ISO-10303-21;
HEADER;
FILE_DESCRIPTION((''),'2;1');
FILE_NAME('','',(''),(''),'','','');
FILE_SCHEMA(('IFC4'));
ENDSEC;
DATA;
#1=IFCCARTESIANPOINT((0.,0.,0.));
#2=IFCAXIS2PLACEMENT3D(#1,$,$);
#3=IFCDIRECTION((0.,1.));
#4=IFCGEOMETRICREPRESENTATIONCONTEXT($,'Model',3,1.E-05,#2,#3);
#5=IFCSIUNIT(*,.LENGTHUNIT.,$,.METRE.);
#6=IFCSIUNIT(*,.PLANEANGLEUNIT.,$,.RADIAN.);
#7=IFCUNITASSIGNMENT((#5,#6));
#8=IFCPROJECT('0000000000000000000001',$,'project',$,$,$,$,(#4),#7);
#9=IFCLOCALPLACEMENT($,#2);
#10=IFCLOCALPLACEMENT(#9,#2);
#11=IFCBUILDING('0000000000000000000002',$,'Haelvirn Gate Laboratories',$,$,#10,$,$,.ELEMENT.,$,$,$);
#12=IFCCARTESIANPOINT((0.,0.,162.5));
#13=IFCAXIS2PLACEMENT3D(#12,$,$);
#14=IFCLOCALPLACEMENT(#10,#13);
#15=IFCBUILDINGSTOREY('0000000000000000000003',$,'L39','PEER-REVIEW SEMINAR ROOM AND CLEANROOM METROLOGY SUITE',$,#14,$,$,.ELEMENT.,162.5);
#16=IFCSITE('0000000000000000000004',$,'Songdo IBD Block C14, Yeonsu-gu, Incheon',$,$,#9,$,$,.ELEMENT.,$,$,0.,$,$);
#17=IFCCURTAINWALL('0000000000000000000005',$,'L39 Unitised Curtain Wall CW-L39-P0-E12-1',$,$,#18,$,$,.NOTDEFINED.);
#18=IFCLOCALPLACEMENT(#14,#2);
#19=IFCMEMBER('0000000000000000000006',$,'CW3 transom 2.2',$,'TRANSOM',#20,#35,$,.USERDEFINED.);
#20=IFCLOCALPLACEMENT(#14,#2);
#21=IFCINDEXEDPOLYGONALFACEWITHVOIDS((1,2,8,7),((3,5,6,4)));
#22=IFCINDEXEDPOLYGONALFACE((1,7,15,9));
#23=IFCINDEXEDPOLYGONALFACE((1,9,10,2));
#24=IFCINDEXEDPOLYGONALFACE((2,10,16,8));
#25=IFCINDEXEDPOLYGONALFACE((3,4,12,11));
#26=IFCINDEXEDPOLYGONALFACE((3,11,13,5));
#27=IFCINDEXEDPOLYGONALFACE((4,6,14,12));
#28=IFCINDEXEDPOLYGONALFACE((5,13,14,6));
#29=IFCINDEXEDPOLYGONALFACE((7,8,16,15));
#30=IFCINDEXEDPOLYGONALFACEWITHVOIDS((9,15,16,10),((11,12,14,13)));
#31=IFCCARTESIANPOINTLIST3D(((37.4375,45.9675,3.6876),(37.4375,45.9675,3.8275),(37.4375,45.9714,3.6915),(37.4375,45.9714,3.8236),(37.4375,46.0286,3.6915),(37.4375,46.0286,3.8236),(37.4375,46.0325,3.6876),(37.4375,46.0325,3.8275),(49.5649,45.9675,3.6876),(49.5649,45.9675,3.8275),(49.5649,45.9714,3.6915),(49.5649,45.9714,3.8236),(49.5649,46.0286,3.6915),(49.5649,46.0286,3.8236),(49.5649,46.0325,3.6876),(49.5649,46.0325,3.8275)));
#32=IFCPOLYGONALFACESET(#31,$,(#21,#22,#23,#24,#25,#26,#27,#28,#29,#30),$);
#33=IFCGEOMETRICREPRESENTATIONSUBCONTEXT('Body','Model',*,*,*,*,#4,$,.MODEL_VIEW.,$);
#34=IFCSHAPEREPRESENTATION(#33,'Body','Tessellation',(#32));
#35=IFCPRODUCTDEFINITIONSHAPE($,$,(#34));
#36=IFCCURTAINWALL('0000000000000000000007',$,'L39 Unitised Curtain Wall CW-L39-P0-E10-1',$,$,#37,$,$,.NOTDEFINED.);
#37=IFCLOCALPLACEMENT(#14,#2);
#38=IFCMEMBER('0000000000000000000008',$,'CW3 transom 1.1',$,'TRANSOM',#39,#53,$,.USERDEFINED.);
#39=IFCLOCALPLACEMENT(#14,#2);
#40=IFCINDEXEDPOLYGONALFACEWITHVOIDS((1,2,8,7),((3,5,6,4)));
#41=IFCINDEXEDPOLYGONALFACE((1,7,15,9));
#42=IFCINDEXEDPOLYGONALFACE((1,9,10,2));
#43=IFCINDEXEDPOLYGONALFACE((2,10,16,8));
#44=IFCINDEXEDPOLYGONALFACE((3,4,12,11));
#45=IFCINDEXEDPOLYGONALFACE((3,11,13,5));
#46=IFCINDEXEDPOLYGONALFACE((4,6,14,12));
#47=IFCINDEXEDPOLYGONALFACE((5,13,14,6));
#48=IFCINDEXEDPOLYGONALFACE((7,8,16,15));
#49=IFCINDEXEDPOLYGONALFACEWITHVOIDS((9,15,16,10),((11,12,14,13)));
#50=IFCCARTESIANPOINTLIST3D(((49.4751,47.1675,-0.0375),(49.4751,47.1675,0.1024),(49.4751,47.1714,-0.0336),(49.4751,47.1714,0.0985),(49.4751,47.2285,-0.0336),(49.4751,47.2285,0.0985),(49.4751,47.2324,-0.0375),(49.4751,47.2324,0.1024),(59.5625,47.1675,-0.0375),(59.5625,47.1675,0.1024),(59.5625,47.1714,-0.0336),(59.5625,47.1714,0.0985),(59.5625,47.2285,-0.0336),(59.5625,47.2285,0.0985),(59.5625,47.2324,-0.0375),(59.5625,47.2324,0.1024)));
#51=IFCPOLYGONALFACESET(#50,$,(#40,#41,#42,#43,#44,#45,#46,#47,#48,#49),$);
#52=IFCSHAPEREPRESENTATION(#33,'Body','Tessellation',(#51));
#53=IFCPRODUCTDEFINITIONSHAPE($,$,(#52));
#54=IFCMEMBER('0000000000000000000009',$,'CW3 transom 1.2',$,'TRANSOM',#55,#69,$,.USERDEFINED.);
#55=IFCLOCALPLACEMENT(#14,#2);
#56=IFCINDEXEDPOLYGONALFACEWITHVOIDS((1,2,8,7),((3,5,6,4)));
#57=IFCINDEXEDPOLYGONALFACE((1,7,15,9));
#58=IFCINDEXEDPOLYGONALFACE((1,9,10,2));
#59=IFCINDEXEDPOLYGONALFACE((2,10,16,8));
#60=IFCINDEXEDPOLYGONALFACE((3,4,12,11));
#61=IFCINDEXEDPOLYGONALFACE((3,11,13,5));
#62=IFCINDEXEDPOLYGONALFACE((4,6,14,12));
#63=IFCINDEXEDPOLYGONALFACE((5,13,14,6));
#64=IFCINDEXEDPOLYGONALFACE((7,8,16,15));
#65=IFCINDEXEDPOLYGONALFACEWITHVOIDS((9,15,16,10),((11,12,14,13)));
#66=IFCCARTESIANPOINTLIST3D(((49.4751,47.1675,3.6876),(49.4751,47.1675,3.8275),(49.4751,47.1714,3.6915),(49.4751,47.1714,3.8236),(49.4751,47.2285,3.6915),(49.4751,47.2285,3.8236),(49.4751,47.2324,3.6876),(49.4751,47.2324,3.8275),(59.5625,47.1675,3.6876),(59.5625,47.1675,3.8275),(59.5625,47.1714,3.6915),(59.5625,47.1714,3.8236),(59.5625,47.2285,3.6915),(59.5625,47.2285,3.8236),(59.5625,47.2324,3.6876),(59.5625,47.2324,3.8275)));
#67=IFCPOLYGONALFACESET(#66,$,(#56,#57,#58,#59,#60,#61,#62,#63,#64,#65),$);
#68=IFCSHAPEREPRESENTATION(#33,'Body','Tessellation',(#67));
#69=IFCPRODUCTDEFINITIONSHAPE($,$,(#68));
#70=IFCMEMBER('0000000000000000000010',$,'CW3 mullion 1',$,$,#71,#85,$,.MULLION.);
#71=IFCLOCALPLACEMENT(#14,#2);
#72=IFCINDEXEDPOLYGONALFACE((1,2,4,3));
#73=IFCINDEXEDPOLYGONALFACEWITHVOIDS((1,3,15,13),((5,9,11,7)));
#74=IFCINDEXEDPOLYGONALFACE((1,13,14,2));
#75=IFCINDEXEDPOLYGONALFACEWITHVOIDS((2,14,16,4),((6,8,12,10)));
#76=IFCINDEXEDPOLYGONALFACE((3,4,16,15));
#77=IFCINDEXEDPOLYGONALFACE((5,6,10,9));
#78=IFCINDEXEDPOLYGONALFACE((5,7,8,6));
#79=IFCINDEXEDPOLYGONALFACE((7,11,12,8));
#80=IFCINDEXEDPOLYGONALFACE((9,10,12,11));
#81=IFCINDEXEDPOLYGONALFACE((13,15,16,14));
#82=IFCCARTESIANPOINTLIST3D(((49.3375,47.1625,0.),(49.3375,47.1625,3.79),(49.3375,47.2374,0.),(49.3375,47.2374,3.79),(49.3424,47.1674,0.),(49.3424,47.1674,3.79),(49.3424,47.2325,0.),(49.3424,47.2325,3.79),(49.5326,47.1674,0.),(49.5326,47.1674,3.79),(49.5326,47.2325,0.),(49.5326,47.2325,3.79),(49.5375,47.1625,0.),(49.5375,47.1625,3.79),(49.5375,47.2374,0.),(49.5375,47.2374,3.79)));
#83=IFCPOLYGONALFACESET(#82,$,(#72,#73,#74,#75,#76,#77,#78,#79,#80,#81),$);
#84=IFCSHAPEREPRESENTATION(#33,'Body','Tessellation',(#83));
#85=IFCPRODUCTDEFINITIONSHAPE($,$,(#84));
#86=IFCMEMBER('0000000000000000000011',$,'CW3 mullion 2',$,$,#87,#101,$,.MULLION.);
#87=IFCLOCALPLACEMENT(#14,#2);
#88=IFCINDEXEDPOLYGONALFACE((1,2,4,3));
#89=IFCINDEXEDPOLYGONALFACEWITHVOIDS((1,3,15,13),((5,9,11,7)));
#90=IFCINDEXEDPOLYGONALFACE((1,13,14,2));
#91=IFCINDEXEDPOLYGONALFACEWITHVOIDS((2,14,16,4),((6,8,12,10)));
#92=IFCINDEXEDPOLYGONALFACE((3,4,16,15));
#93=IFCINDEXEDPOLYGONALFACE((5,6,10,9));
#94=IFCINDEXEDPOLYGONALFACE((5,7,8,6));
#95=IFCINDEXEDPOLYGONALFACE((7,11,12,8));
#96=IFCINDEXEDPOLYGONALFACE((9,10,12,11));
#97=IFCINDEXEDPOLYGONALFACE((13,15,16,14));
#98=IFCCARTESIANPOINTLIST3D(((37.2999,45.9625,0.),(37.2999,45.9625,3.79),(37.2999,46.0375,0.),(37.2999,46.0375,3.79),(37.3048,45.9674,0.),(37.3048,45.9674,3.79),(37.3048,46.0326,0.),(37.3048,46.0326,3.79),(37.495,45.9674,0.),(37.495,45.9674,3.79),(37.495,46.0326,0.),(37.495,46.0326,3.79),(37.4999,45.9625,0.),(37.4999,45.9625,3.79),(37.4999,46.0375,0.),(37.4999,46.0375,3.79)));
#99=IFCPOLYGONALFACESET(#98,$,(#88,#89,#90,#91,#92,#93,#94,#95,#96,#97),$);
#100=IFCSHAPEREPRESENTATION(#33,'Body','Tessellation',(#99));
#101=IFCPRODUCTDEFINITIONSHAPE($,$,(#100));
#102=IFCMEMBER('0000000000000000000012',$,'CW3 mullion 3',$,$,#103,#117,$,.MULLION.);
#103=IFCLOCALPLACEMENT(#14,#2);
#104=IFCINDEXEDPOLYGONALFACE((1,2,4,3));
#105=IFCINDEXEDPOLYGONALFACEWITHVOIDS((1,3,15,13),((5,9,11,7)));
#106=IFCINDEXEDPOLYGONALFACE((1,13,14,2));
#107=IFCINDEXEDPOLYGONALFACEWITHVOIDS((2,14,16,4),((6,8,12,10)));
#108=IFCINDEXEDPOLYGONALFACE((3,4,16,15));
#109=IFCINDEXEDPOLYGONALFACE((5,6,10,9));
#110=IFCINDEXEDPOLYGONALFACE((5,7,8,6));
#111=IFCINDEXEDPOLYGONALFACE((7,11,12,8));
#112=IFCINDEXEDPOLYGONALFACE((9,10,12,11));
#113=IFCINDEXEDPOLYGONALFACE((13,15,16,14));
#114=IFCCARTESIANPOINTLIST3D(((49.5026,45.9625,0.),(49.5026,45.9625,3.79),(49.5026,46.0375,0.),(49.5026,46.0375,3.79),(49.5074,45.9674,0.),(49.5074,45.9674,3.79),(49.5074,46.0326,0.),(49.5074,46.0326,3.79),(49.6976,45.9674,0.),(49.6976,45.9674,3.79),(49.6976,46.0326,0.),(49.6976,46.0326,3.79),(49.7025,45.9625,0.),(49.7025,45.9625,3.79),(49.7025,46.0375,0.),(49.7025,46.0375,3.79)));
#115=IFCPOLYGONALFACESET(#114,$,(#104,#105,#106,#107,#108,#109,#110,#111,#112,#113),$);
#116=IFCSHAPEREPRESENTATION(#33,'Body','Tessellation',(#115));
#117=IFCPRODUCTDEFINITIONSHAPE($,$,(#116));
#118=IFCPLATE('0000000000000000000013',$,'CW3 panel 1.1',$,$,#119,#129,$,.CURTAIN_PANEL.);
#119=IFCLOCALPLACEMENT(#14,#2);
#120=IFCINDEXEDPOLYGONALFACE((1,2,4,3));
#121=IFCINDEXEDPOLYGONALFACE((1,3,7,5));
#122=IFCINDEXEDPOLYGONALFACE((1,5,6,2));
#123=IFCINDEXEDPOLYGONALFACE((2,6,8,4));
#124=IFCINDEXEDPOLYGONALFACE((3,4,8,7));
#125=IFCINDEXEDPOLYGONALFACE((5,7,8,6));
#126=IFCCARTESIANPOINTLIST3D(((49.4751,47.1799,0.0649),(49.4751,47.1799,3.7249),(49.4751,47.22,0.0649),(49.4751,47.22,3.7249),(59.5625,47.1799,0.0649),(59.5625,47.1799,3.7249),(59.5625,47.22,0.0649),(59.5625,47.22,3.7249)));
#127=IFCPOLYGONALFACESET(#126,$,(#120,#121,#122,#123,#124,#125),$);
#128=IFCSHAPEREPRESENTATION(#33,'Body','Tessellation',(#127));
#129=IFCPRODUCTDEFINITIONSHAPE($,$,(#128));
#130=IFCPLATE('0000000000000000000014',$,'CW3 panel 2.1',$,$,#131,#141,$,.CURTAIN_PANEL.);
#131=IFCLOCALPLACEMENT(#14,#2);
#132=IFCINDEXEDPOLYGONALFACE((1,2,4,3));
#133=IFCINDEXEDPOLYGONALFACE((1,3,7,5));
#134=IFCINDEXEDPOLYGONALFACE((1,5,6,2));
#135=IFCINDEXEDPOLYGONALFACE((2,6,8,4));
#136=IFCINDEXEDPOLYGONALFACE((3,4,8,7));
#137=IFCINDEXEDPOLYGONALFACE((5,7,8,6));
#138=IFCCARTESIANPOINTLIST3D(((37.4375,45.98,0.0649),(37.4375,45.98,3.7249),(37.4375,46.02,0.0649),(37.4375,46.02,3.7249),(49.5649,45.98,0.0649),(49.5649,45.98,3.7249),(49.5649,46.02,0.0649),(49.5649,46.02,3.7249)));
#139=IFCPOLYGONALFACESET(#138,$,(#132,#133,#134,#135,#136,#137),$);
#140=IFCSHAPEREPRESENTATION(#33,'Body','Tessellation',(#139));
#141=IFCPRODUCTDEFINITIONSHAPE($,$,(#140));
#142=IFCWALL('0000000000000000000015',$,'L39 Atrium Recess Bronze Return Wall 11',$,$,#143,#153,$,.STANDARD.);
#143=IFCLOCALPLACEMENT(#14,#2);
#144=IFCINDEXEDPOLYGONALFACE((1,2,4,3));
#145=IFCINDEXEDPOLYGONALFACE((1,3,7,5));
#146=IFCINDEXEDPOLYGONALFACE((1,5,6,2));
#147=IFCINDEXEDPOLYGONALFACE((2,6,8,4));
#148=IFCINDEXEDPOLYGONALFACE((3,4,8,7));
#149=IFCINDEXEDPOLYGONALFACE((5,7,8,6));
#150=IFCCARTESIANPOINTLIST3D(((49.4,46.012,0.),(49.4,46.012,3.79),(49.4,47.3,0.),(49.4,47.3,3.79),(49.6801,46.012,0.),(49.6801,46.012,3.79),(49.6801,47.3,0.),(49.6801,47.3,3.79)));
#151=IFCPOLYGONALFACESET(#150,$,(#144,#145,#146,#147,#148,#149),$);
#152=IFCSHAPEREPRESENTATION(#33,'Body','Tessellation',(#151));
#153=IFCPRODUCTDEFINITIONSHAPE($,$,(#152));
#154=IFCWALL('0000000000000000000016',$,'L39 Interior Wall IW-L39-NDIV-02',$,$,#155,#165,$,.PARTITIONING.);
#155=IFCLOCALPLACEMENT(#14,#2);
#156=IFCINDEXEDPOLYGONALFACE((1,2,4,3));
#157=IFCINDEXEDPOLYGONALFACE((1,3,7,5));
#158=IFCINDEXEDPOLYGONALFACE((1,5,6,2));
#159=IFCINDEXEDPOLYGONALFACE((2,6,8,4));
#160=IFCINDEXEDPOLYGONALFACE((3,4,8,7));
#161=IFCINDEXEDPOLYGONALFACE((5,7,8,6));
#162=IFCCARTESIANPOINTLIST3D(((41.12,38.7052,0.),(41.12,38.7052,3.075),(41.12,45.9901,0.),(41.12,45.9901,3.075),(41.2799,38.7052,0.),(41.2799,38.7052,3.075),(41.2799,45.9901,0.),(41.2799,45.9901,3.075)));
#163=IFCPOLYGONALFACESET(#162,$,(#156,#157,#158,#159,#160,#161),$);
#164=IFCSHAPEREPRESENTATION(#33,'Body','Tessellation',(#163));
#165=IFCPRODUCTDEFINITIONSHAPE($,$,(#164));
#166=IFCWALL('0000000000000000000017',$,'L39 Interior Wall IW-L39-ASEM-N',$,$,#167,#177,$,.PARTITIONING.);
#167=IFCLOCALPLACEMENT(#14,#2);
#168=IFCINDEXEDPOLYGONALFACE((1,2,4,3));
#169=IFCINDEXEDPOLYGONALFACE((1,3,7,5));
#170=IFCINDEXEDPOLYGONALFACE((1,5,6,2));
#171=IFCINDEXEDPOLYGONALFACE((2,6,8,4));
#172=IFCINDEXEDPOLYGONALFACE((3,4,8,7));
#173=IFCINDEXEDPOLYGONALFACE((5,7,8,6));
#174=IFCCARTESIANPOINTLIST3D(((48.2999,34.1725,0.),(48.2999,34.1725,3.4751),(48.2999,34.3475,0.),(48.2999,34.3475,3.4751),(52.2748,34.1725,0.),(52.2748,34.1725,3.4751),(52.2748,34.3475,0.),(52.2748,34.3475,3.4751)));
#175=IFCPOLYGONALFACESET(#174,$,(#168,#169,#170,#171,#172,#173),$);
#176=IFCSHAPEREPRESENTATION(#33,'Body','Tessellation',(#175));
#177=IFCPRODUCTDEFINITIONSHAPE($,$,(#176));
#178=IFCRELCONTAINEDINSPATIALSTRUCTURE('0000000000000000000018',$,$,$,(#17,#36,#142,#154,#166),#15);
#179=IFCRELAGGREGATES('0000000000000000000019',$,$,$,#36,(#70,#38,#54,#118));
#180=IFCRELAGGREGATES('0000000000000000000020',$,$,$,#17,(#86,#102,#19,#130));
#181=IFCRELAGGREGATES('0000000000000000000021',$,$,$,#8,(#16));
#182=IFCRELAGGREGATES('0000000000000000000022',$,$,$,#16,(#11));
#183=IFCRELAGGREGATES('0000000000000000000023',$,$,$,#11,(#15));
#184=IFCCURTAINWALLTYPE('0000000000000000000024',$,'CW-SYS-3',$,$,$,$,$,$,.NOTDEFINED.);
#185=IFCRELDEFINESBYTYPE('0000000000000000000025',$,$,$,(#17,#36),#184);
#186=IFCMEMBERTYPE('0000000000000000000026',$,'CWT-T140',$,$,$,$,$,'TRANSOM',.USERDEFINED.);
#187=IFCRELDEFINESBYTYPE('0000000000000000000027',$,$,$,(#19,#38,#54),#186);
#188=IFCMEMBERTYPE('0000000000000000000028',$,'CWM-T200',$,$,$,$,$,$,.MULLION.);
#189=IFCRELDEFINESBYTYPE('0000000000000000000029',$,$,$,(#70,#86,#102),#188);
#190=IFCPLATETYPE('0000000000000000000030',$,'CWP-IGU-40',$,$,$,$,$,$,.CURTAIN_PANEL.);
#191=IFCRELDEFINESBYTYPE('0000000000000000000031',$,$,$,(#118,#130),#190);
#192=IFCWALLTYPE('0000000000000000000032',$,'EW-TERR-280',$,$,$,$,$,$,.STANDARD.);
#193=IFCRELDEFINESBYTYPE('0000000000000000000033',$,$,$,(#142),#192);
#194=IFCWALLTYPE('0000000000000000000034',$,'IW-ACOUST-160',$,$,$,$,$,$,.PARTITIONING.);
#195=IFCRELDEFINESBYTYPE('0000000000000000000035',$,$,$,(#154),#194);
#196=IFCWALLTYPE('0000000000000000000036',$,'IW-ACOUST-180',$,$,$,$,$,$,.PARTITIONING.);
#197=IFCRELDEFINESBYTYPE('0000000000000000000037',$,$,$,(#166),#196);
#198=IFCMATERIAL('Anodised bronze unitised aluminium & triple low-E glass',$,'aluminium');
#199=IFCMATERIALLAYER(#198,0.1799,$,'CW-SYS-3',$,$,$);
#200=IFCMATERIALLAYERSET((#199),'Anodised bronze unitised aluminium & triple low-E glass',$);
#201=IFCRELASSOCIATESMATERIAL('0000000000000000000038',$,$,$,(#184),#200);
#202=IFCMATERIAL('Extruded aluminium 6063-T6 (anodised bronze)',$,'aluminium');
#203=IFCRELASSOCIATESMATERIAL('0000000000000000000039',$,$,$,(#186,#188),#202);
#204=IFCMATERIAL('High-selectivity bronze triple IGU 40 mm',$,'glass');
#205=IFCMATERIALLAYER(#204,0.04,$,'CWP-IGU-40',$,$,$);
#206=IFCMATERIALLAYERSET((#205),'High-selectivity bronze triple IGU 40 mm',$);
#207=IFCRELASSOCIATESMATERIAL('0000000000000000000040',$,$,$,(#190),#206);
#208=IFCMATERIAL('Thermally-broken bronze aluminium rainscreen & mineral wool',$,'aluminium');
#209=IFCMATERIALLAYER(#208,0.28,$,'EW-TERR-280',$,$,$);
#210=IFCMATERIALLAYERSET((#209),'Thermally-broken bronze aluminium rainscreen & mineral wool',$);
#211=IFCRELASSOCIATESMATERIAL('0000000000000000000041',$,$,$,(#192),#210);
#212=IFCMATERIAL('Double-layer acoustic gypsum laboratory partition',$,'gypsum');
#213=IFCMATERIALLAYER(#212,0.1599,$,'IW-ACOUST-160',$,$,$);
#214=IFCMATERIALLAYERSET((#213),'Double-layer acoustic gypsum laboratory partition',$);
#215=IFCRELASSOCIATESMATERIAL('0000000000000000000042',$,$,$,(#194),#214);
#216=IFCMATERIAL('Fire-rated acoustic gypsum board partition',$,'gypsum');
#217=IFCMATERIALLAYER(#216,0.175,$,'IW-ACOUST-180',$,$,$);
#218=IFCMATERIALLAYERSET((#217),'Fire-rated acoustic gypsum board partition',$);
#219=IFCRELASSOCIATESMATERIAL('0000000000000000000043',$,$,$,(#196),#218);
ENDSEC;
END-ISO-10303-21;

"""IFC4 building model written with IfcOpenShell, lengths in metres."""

from ifc_helpers import new_model, si_unit, direction, frame, frame_2d, origin, origin_2d, place, context, subcontext, project, spatial, rectangle, hollow_rectangle, extrude, source, transform, mapped, material, layer, layer_set, material_profile, profile_set, type_object, type_shapes, element, aggregate, save


model = new_model("IFC4")

# Units and contexts
model_context = context("Model", 3, precision=1e-05, world=origin(), true_north=direction((0.0, 1.0)))
body_context = subcontext(model_context, "Body", "Model", "MODEL_VIEW")
ifc_project = project(units=[si_unit("LENGTHUNIT", "METRE"), si_unit("PLANEANGLEUNIT", "RADIAN")], contexts=[model_context])

# Site, building, storey
site_placement = place(None, origin())
site = spatial("IfcSite", under=ifc_project, at=site_placement, Name="Songdo IBD Block C14, Yeonsu-gu, Incheon", CompositionType="ELEMENT", RefElevation=0.0)
building_placement = place(site_placement, origin())
building = spatial("IfcBuilding", under=site, at=building_placement, Name="Haelvirn Gate Laboratories", CompositionType="ELEMENT")
storey_placement = place(building_placement, frame((0.0, 0.0, 162.5)))
storey = spatial("IfcBuildingStorey", under=building, at=storey_placement, Name="L39", Description="PEER-REVIEW SEMINAR ROOM AND CLEANROOM METROLOGY SUITE", CompositionType="ELEMENT", Elevation=162.5)

# Curtain walls, members
ifc_material_1 = material(Name="Anodised bronze unitised aluminium & triple low-E glass", Category="aluminium")
ifc_layer_1 = layer(ifc_material_1, 0.1799, Name="CW-SYS-3")
ifc_layer_set_1 = layer_set([ifc_layer_1], Name="Anodised bronze unitised aluminium & triple low-E glass")
curtain_wall_type = type_object("IfcCurtainWallType", Name="CW-SYS-3", PredefinedType="NOTDEFINED", material=ifc_layer_set_1)
curtain_wall_1_placement = place(storey_placement, origin())
curtain_wall_1 = element("IfcCurtainWall", 1, at=curtain_wall_1_placement, inside=storey, type_object=curtain_wall_type, Name="L39 Unitised Curtain Wall CW-L39-P0-E12-1", PredefinedType="NOTDEFINED")
ifc_material_2 = material(Name="Extruded aluminium 6063-T6 (anodised bronze)", Category="aluminium")
ifc_material_profile_1 = material_profile(ifc_material_2, hollow_rectangle(XDim=0.0649, YDim=0.1399, WallThickness=0.0039, at=origin_2d()), Name="CWT-140x65x4")
ifc_profile_set_1 = profile_set([ifc_material_profile_1], Name="Extruded aluminium 6063-T6 (anodised bronze)")
member_type_1 = type_object("IfcMemberType", Name="CWT-T140", ElementType="TRANSOM", PredefinedType="USERDEFINED", material=ifc_profile_set_1)
shared_shape_1 = source(origin(), body_context, "Body", "SweptSolid", [
    extrude(hollow_rectangle(XDim=0.0649, YDim=0.1399, WallThickness=0.0039, at=origin_2d()), origin(), (0.0, 0.0, 1.0), 12.1274),
])
member_1_placement = place(storey_placement, frame((37.4375, 46.0, 3.7576), z_axis=(1.0, 0.0, 0.0), x_axis=(0.0, 1.0, 0.0)))
member_1 = element("IfcMember", 2, at=member_1_placement, type_object=member_type_1, Name="CW3 transom 2.2", ObjectType="TRANSOM", PredefinedType="USERDEFINED", context=body_context, shape_type="MappedRepresentation", body=[
    mapped(shared_shape_1, transform((0.0, 0.0, 0.0), scale=1.0)),
])
curtain_wall_2_placement = place(storey_placement, origin())
curtain_wall_2 = element("IfcCurtainWall", 3, at=curtain_wall_2_placement, inside=storey, type_object=curtain_wall_type, Name="L39 Unitised Curtain Wall CW-L39-P0-E10-1", PredefinedType="NOTDEFINED")
shared_shape_2 = source(origin(), body_context, "Body", "SweptSolid", [
    extrude(hollow_rectangle(XDim=0.0649, YDim=0.1399, WallThickness=0.0039, at=origin_2d()), origin(), (0.0, 0.0, 1.0), 10.0874),
])
type_shapes(member_type_1, [shared_shape_1, shared_shape_2])
member_2_placement = place(storey_placement, frame((49.4751, 47.2, 0.0325), z_axis=(1.0, 0.0, 0.0), x_axis=(0.0, 1.0, 0.0)))
member_2 = element("IfcMember", 4, at=member_2_placement, type_object=member_type_1, Name="CW3 transom 1.1", ObjectType="TRANSOM", PredefinedType="USERDEFINED", context=body_context, shape_type="MappedRepresentation", body=[
    mapped(shared_shape_2, transform((0.0, 0.0, 0.0), scale=1.0)),
])
member_3_placement = place(storey_placement, frame((49.4751, 47.2, 3.7576), z_axis=(1.0, 0.0, 0.0), x_axis=(0.0, 1.0, 0.0)))
member_3 = element("IfcMember", 5, at=member_3_placement, type_object=member_type_1, Name="CW3 transom 1.2", ObjectType="TRANSOM", PredefinedType="USERDEFINED", context=body_context, shape_type="MappedRepresentation", body=[
    mapped(shared_shape_2, transform((0.0, 0.0, 0.0), scale=1.0)),
])
ifc_material_profile_2 = material_profile(ifc_material_2, hollow_rectangle(XDim=0.075, YDim=0.2, WallThickness=0.0049, at=origin_2d()), Name="CWM-200x75x5")
ifc_profile_set_2 = profile_set([ifc_material_profile_2], Name="Extruded aluminium 6063-T6 (anodised bronze)")
member_type_2 = type_object("IfcMemberType", Name="CWM-T200", PredefinedType="MULLION", material=ifc_profile_set_2)
shared_shape_3 = source(origin(), body_context, "Body", "SweptSolid", [
    extrude(hollow_rectangle(XDim=0.075, YDim=0.2, WallThickness=0.0049, at=origin_2d()), origin(), (0.0, 0.0, 1.0), 3.79),
])
type_shapes(member_type_2, [shared_shape_3])
member_4_placement = place(storey_placement, frame((49.4375, 47.2, 0.0), z_axis=(0.0, 0.0, 1.0), x_axis=(0.0, 1.0, 0.0)))
member_4 = element("IfcMember", 6, at=member_4_placement, type_object=member_type_2, Name="CW3 mullion 1", PredefinedType="MULLION", context=body_context, shape_type="MappedRepresentation", body=[
    mapped(shared_shape_3, transform((0.0, 0.0, 0.0), scale=1.0)),
])

# Members
member_5_placement = place(storey_placement, frame((37.3999, 46.0, 0.0), z_axis=(0.0, 0.0, 1.0), x_axis=(0.0, 1.0, 0.0)))
member_5 = element("IfcMember", 7, at=member_5_placement, type_object=member_type_2, Name="CW3 mullion 2", PredefinedType="MULLION", context=body_context, shape_type="MappedRepresentation", body=[
    mapped(shared_shape_3, transform((0.0, 0.0, 0.0), scale=1.0)),
])
member_6_placement = place(storey_placement, frame((49.6025, 46.0, 0.0), z_axis=(0.0, 0.0, 1.0), x_axis=(0.0, 1.0, 0.0)))
member_6 = element("IfcMember", 8, at=member_6_placement, type_object=member_type_2, Name="CW3 mullion 3", PredefinedType="MULLION", context=body_context, shape_type="MappedRepresentation", body=[
    mapped(shared_shape_3, transform((0.0, 0.0, 0.0), scale=1.0)),
])

# Plates
ifc_material_3 = material(Name="High-selectivity bronze triple IGU 40 mm", Category="glass")
ifc_layer_2 = layer(ifc_material_3, 0.04, Name="CWP-IGU-40")
ifc_layer_set_2 = layer_set([ifc_layer_2], Name="High-selectivity bronze triple IGU 40 mm")
plate_type = type_object("IfcPlateType", Name="CWP-IGU-40", PredefinedType="CURTAIN_PANEL", material=ifc_layer_set_2)
shared_shape_4 = source(origin(), body_context, "Body", "SweptSolid", [
    extrude(rectangle(XDim=10.0874, YDim=0.04, at=origin_2d()), origin(), (0.0, 0.0, 1.0), 3.6599),
])
plate_1_placement = place(storey_placement, frame((54.5188, 47.2, 0.0649), z_axis=(0.0, 0.0, 1.0), x_axis=(1.0, 0.0, 0.0)))
plate_1 = element("IfcPlate", 9, at=plate_1_placement, type_object=plate_type, Name="CW3 panel 1.1", PredefinedType="CURTAIN_PANEL", context=body_context, shape_type="MappedRepresentation", body=[
    mapped(shared_shape_4, transform((0.0, 0.0, 0.0), scale=1.0)),
])
aggregate(curtain_wall_2, [member_4, member_2, member_3, plate_1])
shared_shape_5 = source(origin(), body_context, "Body", "SweptSolid", [
    extrude(rectangle(XDim=12.1274, YDim=0.04, at=origin_2d()), origin(), (0.0, 0.0, 1.0), 3.6599),
])
type_shapes(plate_type, [shared_shape_4, shared_shape_5])
plate_2_placement = place(storey_placement, frame((43.5012, 46.0, 0.0649), z_axis=(0.0, 0.0, 1.0), x_axis=(1.0, 0.0, 0.0)))
plate_2 = element("IfcPlate", 10, at=plate_2_placement, type_object=plate_type, Name="CW3 panel 2.1", PredefinedType="CURTAIN_PANEL", context=body_context, shape_type="MappedRepresentation", body=[
    mapped(shared_shape_5, transform((0.0, 0.0, 0.0), scale=1.0)),
])
aggregate(curtain_wall_1, [member_5, member_6, member_1, plate_2])

# Walls
ifc_material_4 = material(Name="Thermally-broken bronze aluminium rainscreen & mineral wool", Category="aluminium")
ifc_layer_3 = layer(ifc_material_4, 0.28, Name="EW-TERR-280")
ifc_layer_set_3 = layer_set([ifc_layer_3], Name="Thermally-broken bronze aluminium rainscreen & mineral wool")
wall_type_1 = type_object("IfcWallType", Name="EW-TERR-280", PredefinedType="STANDARD", material=ifc_layer_set_3)
wall_1_placement = place(storey_placement, frame((49.54, 47.3, 0.0), z_axis=(0.0, 0.0, 1.0), x_axis=(0.0, -1.0, 0.0)))
element("IfcWall", 11, at=wall_1_placement, inside=storey, type_object=wall_type_1, Name="L39 Atrium Recess Bronze Return Wall 11", PredefinedType="STANDARD", context=body_context, shape_type="SweptSolid", body=[
    extrude(rectangle(XDim=1.2881, YDim=0.28, at=frame_2d((0.644, 0.0))), origin(), (0.0, 0.0, 1.0), 3.79),
])
ifc_material_5 = material(Name="Double-layer acoustic gypsum laboratory partition", Category="gypsum")
ifc_layer_4 = layer(ifc_material_5, 0.1599, Name="IW-ACOUST-160")
ifc_layer_set_4 = layer_set([ifc_layer_4], Name="Double-layer acoustic gypsum laboratory partition")
wall_type_2 = type_object("IfcWallType", Name="IW-ACOUST-160", PredefinedType="PARTITIONING", material=ifc_layer_set_4)
wall_2_placement = place(storey_placement, frame((41.2, 38.7051, 0.0), z_axis=(0.0, 0.0, 1.0), x_axis=(0.0, 1.0, 0.0)))
element("IfcWall", 12, at=wall_2_placement, inside=storey, type_object=wall_type_2, Name="L39 Interior Wall IW-L39-NDIV-02", PredefinedType="PARTITIONING", context=body_context, shape_type="SweptSolid", body=[
    extrude(rectangle(XDim=7.2849, YDim=0.1599, at=frame_2d((3.6426, 0.0))), origin(), (0.0, 0.0, 1.0), 3.075),
])
ifc_material_6 = material(Name="Fire-rated acoustic gypsum board partition", Category="gypsum")
ifc_layer_5 = layer(ifc_material_6, 0.175, Name="IW-ACOUST-180")
ifc_layer_set_5 = layer_set([ifc_layer_5], Name="Fire-rated acoustic gypsum board partition")
wall_type_3 = type_object("IfcWallType", Name="IW-ACOUST-180", PredefinedType="PARTITIONING", material=ifc_layer_set_5)
wall_3_placement = place(storey_placement, frame((48.3, 34.26, 0.0), z_axis=(0.0, 0.0, 1.0), x_axis=(1.0, 0.0, 0.0)))
element("IfcWall", 13, at=wall_3_placement, inside=storey, type_object=wall_type_3, Name="L39 Interior Wall IW-L39-ASEM-N", PredefinedType="PARTITIONING", context=body_context, shape_type="SweptSolid", body=[
    extrude(rectangle(XDim=3.9749, YDim=0.175, at=frame_2d((1.9873, 0.0))), origin(), (0.0, 0.0, 1.0), 3.4751),
])

save(model, "model.ifc")
